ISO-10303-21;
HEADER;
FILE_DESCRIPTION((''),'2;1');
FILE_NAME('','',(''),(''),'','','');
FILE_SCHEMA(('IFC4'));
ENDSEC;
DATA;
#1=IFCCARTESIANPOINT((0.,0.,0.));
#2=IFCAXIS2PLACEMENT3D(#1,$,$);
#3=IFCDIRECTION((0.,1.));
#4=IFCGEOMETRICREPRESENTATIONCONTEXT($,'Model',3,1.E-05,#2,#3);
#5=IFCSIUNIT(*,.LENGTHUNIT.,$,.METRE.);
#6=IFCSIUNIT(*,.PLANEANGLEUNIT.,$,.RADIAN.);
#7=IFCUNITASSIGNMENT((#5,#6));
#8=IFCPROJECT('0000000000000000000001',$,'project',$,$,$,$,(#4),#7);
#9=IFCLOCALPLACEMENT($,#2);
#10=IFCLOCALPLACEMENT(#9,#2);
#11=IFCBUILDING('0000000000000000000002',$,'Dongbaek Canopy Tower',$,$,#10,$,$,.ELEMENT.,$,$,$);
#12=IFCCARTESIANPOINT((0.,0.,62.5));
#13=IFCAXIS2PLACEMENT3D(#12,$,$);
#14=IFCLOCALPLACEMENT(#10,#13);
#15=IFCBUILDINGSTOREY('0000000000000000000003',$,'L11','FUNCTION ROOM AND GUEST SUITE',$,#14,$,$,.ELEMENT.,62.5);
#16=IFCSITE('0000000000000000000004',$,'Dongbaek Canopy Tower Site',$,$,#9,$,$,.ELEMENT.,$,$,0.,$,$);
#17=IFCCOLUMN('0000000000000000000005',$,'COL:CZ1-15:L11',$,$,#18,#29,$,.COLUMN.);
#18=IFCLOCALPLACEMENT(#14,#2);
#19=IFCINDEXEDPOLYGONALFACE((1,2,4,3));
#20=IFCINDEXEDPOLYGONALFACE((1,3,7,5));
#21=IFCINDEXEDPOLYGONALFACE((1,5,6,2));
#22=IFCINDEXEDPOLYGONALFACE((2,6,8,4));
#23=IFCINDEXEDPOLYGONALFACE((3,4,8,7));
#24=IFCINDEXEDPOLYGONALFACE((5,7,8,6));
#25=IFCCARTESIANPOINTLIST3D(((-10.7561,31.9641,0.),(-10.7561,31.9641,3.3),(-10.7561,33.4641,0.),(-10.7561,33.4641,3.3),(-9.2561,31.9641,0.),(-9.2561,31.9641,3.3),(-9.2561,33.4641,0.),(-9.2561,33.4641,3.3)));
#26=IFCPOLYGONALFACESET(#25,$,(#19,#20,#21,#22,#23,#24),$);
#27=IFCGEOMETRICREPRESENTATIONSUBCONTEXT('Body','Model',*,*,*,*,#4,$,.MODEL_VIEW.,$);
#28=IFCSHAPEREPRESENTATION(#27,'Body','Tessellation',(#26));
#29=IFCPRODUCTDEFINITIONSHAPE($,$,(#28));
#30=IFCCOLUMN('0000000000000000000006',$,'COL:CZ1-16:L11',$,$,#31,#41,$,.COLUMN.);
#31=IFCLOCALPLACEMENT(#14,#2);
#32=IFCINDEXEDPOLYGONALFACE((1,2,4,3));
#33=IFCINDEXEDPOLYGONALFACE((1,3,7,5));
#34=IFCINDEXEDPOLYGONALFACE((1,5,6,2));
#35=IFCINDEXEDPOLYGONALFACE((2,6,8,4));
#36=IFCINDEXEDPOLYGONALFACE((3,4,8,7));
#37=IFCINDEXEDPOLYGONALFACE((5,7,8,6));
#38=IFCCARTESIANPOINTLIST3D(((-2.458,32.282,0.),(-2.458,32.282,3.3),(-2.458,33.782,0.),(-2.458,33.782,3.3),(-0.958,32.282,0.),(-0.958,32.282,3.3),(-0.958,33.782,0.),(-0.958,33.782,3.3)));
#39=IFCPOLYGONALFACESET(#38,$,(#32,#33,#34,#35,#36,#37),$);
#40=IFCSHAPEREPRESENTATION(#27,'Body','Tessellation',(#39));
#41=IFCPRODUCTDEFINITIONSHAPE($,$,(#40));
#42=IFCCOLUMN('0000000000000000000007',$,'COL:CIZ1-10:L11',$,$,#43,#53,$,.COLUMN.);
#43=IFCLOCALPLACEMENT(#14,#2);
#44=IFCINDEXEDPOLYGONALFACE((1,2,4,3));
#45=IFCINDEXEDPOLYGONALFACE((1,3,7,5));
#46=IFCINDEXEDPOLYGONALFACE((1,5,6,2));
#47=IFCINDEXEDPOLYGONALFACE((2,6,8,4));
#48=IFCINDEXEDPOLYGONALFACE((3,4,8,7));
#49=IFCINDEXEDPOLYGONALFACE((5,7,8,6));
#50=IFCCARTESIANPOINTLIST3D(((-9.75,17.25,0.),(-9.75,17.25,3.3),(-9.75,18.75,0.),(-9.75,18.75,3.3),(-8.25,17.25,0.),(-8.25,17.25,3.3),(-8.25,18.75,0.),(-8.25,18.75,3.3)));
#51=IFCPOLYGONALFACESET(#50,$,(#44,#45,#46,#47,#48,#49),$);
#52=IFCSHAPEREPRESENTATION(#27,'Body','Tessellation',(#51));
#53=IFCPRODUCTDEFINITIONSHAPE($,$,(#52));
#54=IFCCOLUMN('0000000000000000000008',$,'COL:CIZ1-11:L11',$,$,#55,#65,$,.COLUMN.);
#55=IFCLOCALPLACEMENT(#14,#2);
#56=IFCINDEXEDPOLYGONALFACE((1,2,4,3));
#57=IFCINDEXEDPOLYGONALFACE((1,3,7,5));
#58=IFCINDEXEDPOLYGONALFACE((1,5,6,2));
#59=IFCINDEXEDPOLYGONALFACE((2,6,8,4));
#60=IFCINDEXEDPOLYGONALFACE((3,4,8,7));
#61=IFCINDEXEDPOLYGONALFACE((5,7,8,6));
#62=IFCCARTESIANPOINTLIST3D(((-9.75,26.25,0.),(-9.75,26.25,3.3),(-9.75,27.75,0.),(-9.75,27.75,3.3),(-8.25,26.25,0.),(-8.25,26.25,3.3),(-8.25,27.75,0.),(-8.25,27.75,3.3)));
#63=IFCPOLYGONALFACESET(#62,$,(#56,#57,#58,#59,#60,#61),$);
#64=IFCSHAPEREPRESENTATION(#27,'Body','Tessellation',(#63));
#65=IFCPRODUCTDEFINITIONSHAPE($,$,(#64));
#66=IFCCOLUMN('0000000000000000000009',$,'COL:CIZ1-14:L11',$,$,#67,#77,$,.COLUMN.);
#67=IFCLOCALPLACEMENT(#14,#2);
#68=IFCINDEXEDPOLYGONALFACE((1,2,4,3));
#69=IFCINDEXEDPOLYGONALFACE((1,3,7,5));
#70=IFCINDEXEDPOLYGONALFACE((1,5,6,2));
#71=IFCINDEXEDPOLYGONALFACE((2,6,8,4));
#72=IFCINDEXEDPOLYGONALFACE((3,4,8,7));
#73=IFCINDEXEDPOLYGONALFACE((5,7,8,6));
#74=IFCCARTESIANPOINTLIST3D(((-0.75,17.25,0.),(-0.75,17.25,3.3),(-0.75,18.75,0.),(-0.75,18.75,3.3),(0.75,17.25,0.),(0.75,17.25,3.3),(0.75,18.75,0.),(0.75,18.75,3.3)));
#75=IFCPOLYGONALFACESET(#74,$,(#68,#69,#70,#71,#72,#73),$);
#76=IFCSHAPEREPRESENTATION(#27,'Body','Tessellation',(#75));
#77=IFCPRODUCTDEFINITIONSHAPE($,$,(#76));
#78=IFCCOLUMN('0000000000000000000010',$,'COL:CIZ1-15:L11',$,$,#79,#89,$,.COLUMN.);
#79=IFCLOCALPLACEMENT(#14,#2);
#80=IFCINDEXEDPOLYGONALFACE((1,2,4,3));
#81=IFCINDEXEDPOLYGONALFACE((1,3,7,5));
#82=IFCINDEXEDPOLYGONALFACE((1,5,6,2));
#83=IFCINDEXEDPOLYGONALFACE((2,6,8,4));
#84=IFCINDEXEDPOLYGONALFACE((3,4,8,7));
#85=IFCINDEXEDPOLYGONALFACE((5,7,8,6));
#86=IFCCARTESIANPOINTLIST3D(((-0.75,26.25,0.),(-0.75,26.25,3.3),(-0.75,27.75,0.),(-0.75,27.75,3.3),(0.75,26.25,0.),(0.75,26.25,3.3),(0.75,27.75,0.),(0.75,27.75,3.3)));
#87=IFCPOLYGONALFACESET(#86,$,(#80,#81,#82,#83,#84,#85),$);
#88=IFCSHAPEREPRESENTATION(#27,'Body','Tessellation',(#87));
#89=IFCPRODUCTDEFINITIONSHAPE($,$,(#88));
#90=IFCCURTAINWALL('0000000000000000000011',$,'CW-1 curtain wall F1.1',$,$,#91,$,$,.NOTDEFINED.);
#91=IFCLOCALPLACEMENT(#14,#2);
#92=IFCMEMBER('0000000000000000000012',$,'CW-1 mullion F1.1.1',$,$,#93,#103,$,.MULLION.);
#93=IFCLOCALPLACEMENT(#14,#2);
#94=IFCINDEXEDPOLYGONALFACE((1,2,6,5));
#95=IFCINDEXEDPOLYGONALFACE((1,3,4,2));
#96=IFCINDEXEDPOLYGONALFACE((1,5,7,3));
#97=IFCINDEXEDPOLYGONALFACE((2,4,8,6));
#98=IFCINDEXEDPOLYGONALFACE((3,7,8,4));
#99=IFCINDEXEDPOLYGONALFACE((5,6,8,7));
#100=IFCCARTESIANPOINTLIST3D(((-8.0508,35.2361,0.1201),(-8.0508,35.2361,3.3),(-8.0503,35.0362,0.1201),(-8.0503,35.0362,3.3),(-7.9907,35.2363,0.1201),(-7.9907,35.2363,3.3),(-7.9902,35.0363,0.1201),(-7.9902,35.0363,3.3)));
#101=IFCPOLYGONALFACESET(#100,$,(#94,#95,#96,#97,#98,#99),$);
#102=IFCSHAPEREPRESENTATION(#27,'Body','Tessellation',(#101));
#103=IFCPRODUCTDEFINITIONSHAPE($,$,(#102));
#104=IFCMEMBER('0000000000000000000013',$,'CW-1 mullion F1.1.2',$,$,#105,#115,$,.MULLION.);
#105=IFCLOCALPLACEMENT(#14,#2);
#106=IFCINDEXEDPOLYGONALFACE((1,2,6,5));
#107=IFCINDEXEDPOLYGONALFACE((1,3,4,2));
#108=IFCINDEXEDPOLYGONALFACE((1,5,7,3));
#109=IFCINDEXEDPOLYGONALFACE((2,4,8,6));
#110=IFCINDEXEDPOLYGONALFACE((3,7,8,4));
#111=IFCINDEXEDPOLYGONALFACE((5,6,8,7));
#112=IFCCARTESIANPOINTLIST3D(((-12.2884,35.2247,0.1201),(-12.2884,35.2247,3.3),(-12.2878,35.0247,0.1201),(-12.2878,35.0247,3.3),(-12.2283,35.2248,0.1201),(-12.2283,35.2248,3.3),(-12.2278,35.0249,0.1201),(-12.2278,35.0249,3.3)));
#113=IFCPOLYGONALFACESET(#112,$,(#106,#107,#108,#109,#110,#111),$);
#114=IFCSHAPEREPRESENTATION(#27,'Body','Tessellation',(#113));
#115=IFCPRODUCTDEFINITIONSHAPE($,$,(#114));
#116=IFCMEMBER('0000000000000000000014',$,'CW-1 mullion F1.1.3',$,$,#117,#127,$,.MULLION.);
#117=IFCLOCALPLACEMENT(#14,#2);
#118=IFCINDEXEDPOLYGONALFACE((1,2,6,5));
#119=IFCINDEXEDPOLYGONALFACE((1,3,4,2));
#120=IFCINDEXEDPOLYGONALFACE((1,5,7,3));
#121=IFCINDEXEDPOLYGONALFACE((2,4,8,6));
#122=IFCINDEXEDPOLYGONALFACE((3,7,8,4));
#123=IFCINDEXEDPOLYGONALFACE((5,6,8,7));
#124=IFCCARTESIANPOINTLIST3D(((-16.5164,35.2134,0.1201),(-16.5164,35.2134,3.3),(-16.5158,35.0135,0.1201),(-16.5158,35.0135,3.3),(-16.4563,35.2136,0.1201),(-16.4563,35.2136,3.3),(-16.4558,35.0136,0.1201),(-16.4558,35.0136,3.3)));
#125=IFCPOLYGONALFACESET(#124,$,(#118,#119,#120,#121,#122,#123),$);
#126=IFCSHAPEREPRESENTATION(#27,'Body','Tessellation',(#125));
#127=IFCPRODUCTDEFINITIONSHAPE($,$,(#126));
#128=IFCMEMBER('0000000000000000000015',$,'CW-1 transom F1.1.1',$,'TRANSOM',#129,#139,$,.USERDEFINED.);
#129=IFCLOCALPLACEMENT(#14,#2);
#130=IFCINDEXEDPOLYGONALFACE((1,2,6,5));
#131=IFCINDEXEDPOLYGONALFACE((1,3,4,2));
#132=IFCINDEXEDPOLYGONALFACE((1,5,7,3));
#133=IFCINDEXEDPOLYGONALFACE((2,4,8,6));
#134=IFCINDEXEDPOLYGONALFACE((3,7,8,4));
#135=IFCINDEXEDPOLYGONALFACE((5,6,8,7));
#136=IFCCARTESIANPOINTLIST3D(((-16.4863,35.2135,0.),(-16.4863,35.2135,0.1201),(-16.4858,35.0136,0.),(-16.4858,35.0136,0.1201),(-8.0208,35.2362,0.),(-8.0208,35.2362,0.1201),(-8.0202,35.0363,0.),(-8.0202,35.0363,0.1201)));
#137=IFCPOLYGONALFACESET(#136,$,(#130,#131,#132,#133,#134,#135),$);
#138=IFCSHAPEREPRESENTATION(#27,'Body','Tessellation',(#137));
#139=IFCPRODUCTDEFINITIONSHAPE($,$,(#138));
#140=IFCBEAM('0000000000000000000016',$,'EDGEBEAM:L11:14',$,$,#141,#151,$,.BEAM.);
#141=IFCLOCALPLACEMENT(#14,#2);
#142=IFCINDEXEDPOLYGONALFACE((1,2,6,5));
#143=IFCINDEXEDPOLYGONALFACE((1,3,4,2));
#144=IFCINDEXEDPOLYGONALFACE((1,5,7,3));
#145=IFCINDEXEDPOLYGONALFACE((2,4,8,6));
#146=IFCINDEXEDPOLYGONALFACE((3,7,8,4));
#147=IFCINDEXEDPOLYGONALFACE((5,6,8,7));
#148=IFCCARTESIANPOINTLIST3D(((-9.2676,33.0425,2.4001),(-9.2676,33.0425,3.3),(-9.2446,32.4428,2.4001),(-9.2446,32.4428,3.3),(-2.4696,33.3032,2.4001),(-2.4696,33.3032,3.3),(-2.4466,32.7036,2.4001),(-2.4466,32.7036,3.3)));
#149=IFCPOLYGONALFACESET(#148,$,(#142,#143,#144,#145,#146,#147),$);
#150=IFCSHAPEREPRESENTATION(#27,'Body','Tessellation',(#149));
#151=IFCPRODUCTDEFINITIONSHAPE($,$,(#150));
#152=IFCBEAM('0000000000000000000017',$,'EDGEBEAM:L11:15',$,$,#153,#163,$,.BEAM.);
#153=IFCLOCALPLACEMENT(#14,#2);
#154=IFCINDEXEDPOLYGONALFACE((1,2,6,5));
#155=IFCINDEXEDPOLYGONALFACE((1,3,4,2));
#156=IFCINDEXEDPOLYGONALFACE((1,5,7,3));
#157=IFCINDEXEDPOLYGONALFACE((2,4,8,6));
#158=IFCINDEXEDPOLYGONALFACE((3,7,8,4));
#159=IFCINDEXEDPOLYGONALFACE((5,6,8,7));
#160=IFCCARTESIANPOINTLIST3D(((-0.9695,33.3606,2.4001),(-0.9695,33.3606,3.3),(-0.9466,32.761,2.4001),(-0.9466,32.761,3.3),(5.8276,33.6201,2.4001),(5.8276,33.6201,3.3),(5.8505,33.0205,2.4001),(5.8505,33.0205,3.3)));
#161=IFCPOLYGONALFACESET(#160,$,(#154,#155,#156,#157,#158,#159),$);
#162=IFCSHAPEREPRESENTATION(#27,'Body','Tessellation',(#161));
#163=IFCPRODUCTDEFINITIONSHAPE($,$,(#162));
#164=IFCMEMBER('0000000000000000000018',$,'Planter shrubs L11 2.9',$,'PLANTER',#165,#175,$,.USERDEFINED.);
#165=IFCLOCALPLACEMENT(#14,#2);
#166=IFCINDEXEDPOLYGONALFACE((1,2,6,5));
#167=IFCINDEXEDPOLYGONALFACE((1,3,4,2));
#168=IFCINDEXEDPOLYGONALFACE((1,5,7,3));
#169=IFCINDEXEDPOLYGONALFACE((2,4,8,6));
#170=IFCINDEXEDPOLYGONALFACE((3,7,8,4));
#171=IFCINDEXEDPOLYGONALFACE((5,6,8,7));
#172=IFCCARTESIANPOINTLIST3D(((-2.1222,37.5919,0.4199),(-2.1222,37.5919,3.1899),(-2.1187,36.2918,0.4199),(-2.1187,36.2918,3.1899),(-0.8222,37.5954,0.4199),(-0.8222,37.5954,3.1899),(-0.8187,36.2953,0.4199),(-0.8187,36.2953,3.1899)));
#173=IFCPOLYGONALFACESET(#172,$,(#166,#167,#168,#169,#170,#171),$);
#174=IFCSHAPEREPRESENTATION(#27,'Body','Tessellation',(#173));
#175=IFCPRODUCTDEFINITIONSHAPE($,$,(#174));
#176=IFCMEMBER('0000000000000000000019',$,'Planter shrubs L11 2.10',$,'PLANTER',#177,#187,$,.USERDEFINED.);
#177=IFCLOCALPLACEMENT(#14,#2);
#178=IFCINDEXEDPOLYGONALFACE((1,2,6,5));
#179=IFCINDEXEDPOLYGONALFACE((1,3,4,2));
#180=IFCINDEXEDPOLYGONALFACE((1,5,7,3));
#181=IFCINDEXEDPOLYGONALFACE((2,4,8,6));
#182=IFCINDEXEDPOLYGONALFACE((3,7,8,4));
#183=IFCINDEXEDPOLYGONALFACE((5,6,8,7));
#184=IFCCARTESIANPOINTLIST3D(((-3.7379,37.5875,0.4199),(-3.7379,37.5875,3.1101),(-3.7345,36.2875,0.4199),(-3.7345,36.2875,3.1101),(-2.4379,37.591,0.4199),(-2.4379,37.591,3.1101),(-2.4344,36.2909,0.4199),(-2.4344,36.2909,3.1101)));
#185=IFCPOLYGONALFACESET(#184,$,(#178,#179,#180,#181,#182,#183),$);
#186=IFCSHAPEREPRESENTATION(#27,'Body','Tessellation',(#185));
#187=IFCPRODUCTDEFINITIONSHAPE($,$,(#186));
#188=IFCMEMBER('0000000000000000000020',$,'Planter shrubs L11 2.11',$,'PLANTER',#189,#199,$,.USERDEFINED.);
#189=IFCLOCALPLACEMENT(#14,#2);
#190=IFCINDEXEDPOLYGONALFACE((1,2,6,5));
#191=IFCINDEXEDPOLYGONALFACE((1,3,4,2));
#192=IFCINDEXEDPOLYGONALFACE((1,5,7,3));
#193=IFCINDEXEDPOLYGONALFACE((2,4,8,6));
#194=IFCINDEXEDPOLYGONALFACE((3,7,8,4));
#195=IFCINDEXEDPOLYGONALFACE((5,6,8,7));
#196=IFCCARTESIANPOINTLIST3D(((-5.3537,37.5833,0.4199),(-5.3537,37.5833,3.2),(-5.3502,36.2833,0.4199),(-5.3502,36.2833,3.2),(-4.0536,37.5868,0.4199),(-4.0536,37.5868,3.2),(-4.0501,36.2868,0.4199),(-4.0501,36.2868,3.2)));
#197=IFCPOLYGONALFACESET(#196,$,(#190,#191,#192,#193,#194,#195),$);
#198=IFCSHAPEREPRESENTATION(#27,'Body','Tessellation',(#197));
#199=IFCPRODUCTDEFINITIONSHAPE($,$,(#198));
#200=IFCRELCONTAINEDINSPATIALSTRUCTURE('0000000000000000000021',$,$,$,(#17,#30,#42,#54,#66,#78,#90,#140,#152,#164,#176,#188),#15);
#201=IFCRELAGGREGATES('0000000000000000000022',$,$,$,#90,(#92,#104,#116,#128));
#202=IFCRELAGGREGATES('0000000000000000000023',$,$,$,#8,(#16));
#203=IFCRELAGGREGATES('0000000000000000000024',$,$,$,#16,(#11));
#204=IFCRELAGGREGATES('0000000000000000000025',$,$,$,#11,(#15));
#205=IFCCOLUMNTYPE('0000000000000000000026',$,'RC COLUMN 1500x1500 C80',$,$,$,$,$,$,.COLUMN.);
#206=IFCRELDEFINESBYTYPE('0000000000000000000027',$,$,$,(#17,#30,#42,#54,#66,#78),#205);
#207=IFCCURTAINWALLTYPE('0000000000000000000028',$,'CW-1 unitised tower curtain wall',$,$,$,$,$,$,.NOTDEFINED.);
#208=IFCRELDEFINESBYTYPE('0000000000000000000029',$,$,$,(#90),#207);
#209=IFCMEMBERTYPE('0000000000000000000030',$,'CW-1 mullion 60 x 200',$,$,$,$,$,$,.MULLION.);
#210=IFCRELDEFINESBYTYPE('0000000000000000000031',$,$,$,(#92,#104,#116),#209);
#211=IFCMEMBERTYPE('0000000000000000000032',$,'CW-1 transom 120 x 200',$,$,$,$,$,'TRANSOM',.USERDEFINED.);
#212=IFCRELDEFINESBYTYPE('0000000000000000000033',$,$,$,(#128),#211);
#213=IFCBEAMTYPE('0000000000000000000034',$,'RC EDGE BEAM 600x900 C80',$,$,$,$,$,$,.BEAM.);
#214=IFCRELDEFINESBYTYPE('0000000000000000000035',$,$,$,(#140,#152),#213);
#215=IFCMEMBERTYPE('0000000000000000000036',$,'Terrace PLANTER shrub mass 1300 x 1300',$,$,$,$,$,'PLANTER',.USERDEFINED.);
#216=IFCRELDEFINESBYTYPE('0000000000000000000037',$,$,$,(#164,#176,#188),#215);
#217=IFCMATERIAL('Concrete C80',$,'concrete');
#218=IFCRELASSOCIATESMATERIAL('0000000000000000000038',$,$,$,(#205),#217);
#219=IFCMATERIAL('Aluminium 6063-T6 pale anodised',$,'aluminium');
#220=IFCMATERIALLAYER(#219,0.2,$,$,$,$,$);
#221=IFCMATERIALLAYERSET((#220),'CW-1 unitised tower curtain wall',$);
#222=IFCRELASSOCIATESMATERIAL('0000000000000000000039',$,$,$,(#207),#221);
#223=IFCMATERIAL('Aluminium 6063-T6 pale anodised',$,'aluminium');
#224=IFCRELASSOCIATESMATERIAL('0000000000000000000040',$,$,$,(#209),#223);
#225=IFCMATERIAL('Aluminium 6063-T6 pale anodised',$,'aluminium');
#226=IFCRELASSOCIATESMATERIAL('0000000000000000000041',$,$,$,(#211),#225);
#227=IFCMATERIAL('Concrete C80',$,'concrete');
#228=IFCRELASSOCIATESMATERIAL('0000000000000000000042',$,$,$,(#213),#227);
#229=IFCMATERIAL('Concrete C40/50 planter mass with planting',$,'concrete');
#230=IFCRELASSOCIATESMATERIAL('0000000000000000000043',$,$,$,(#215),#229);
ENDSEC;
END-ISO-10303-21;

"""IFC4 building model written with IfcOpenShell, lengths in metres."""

from ifc_helpers import new_model, si_unit, direction, frame, origin, origin_2d, place, context, subcontext, project, spatial, rectangle, extrude, material, layer, layer_set, material_profile, profile_set, type_object, element, aggregate, save


model = new_model("IFC4")

# Units and contexts
model_context = context("Model", 3, precision=1e-05, world=origin(), true_north=direction((0.0, 1.0)))
body_context = subcontext(model_context, "Body", "Model", "MODEL_VIEW")
ifc_project = project(units=[si_unit("LENGTHUNIT", "METRE"), si_unit("PLANEANGLEUNIT", "RADIAN")], contexts=[model_context])

# Site, building, storey
site_placement = place(None, origin())
site = spatial("IfcSite", under=ifc_project, at=site_placement, Name="Dongbaek Canopy Tower Site", CompositionType="ELEMENT", RefElevation=0.0)
building_placement = place(site_placement, origin())
building = spatial("IfcBuilding", under=site, at=building_placement, Name="Dongbaek Canopy Tower", CompositionType="ELEMENT")
storey_placement = place(building_placement, frame((0.0, 0.0, 62.5)))
storey = spatial("IfcBuildingStorey", under=building, at=storey_placement, Name="L11", Description="FUNCTION ROOM AND GUEST SUITE", CompositionType="ELEMENT", Elevation=62.5)

# Columns
ifc_material_1 = material(Name="Concrete C80", Category="concrete")
ifc_material_profile_1 = material_profile(ifc_material_1, rectangle(XDim=1.5, YDim=1.5, at=origin_2d()), Name="RC COLUMN 1500x1500 C80")
ifc_profile_set_1 = profile_set([ifc_material_profile_1], Name="Concrete C80")
column_type = type_object("IfcColumnType", Name="RC COLUMN 1500x1500 C80", PredefinedType="COLUMN", material=ifc_profile_set_1)
for number, where, z_axis, x_axis, name in (
    (1, (-10.0061, 32.7141, 0.0), (0.0, 0.0, 1.0), (1.0, 0.0, 0.0), "COL:CZ1-15:L11"),
    (2, (-1.708, 33.032, 0.0), (0.0, 0.0, 1.0), (1.0, 0.0, 0.0), "COL:CZ1-16:L11"),
    (3, (-9.0, 18.0, 0.0), (0.0, 0.0, 1.0), (1.0, 0.0, 0.0), "COL:CIZ1-10:L11"),
    (4, (-9.0, 27.0, 0.0), (0.0, 0.0, 1.0), (1.0, 0.0, 0.0), "COL:CIZ1-11:L11"),
    (5, (0.0, 18.0, 0.0), (0.0, 0.0, 1.0), (1.0, 0.0, 0.0), "COL:CIZ1-14:L11"),
    (6, (0.0, 27.0, 0.0), (0.0, 0.0, 1.0), (1.0, 0.0, 0.0), "COL:CIZ1-15:L11"),
):
    element("IfcColumn", number, at=place(storey_placement, frame(where, z_axis=z_axis, x_axis=x_axis)), inside=storey, type_object=column_type, Name=name, PredefinedType="COLUMN", context=body_context, shape_type="SweptSolid", body=[
        extrude(rectangle(XDim=1.5, YDim=1.5, at=origin_2d()), origin(), (0.0, 0.0, 1.0), 3.3),
    ])

# Curtain wall, members
ifc_material_2 = material(Name="Aluminium 6063-T6 pale anodised", Category="aluminium")
ifc_layer_1 = layer(ifc_material_2, 0.2)
ifc_layer_set_1 = layer_set([ifc_layer_1], Name="CW-1 unitised tower curtain wall")
curtain_wall_type = type_object("IfcCurtainWallType", Name="CW-1 unitised tower curtain wall", PredefinedType="NOTDEFINED", material=ifc_layer_set_1)
curtain_wall_placement = place(storey_placement, origin())
curtain_wall = element("IfcCurtainWall", 7, at=curtain_wall_placement, inside=storey, type_object=curtain_wall_type, Name="CW-1 curtain wall F1.1", PredefinedType="NOTDEFINED")
ifc_material_3 = material(Name="Aluminium 6063-T6 pale anodised", Category="aluminium")
ifc_material_profile_2 = material_profile(ifc_material_3, rectangle(XDim=0.2, YDim=0.0601, at=origin_2d()), Name="CW-1 mullion 60 x 200")
ifc_profile_set_2 = profile_set([ifc_material_profile_2], Name="Aluminium 6063-T6 pale anodised")
member_type_1 = type_object("IfcMemberType", Name="CW-1 mullion 60 x 200", PredefinedType="MULLION", material=ifc_profile_set_2)
member_1_placement = place(storey_placement, frame((-8.0205, 35.1362, 0.1201), z_axis=(0.0, 0.0, 1.0), x_axis=(-0.002666, 0.999996, 0.0)))
member_1 = element("IfcMember", 8, at=member_1_placement, type_object=member_type_1, Name="CW-1 mullion F1.1.1", PredefinedType="MULLION", context=body_context, shape_type="SweptSolid", body=[
    extrude(rectangle(XDim=0.2, YDim=0.0601, at=origin_2d()), origin(), (0.0, 0.0, 1.0), 3.1799),
])
member_2_placement = place(storey_placement, frame((-12.2581, 35.1248, 0.1201), z_axis=(0.0, 0.0, 1.0), x_axis=(-0.002666, 0.999996, 0.0)))
member_2 = element("IfcMember", 9, at=member_2_placement, type_object=member_type_1, Name="CW-1 mullion F1.1.2", PredefinedType="MULLION", context=body_context, shape_type="SweptSolid", body=[
    extrude(rectangle(XDim=0.2, YDim=0.0601, at=origin_2d()), origin(), (0.0, 0.0, 1.0), 3.1799),
])
member_3_placement = place(storey_placement, frame((-16.4861, 35.1135, 0.1201), z_axis=(0.0, 0.0, 1.0), x_axis=(-0.002666, 0.999996, 0.0)))
member_3 = element("IfcMember", 10, at=member_3_placement, type_object=member_type_1, Name="CW-1 mullion F1.1.3", PredefinedType="MULLION", context=body_context, shape_type="SweptSolid", body=[
    extrude(rectangle(XDim=0.2, YDim=0.0601, at=origin_2d()), origin(), (0.0, 0.0, 1.0), 3.1799),
])
ifc_material_4 = material(Name="Aluminium 6063-T6 pale anodised", Category="aluminium")
ifc_material_profile_3 = material_profile(ifc_material_4, rectangle(XDim=0.2, YDim=0.1201, at=origin_2d()), Name="CW-1 transom 120 x 200")
ifc_profile_set_3 = profile_set([ifc_material_profile_3], Name="Aluminium 6063-T6 pale anodised")
member_type_2 = type_object("IfcMemberType", Name="CW-1 transom 120 x 200", ElementType="TRANSOM", PredefinedType="USERDEFINED", material=ifc_profile_set_3)
member_4_placement = place(storey_placement, frame((-8.0205, 35.1362, 0.0601), z_axis=(-0.999996, -0.002682, 0.0), x_axis=(0.002682, -0.999996, 0.0)))
member_4 = element("IfcMember", 11, at=member_4_placement, type_object=member_type_2, Name="CW-1 transom F1.1.1", ObjectType="TRANSOM", PredefinedType="USERDEFINED", context=body_context, shape_type="SweptSolid", body=[
    extrude(rectangle(XDim=0.2, YDim=0.1201, at=origin_2d()), origin(), (0.0, 0.0, 1.0), 8.4656),
])

# Beams
ifc_material_5 = material(Name="Concrete C80", Category="concrete")
ifc_material_profile_4 = material_profile(ifc_material_5, rectangle(XDim=0.6001, YDim=0.8999, at=origin_2d()), Name="RC EDGE BEAM 600x900 C80")
ifc_profile_set_4 = profile_set([ifc_material_profile_4], Name="Concrete C80")
beam_type = type_object("IfcBeamType", Name="RC EDGE BEAM 600x900 C80", PredefinedType="BEAM", material=ifc_profile_set_4)
beam_1_placement = place(storey_placement, frame((-9.2561, 32.7427, 2.8501), z_axis=(0.999265, 0.038327, 0.0), x_axis=(-0.038327, 0.999265, 0.0)))
element("IfcBeam", 12, at=beam_1_placement, inside=storey, type_object=beam_type, Name="EDGEBEAM:L11:14", PredefinedType="BEAM", context=body_context, shape_type="SweptSolid", body=[
    extrude(rectangle(XDim=0.6001, YDim=0.8999, at=origin_2d()), origin(), (0.0, 0.0, 1.0), 6.803),
])
beam_2_placement = place(storey_placement, frame((-0.958, 33.0608, 2.8501), z_axis=(0.999272, 0.038153, 0.0), x_axis=(-0.038153, 0.999272, 0.0)))
element("IfcBeam", 13, at=beam_2_placement, inside=storey, type_object=beam_type, Name="EDGEBEAM:L11:15", PredefinedType="BEAM", context=body_context, shape_type="SweptSolid", body=[
    extrude(rectangle(XDim=0.6001, YDim=0.8999, at=origin_2d()), origin(), (0.0, 0.0, 1.0), 6.802),
])

# Members
ifc_material_6 = material(Name="Concrete C40/50 planter mass with planting", Category="concrete")
ifc_material_profile_5 = material_profile(ifc_material_6, rectangle(XDim=1.3, YDim=1.3, at=origin_2d()), Name="Terrace PLANTER shrub mass 1300 x 1300")
ifc_profile_set_5 = profile_set([ifc_material_profile_5], Name="Concrete C40/50 planter mass with planting")
member_type_3 = type_object("IfcMemberType", Name="Terrace PLANTER shrub mass 1300 x 1300", ElementType="PLANTER", PredefinedType="USERDEFINED", material=ifc_profile_set_5)
member_5_placement = place(storey_placement, frame((-1.4705, 36.9436, 0.4199), z_axis=(0.0, 0.0, 1.0), x_axis=(-0.002666, 0.999996, 0.0)))
element("IfcMember", 14, at=member_5_placement, inside=storey, type_object=member_type_3, Name="Planter shrubs L11 2.9", ObjectType="PLANTER", PredefinedType="USERDEFINED", context=body_context, shape_type="SweptSolid", body=[
    extrude(rectangle(XDim=1.3, YDim=1.3, at=origin_2d()), origin(), (0.0, 0.0, 1.0), 2.77),
])
member_6_placement = place(storey_placement, frame((-3.0862, 36.9392, 0.4199), z_axis=(0.0, 0.0, 1.0), x_axis=(-0.002666, 0.999996, 0.0)))
element("IfcMember", 15, at=member_6_placement, inside=storey, type_object=member_type_3, Name="Planter shrubs L11 2.10", ObjectType="PLANTER", PredefinedType="USERDEFINED", context=body_context, shape_type="SweptSolid", body=[
    extrude(rectangle(XDim=1.3, YDim=1.3, at=origin_2d()), origin(), (0.0, 0.0, 1.0), 2.6902),
])
member_7_placement = place(storey_placement, frame((-4.7019, 36.9351, 0.4199), z_axis=(0.0, 0.0, 1.0), x_axis=(-0.002666, 0.999996, 0.0)))
element("IfcMember", 16, at=member_7_placement, inside=storey, type_object=member_type_3, Name="Planter shrubs L11 2.11", ObjectType="PLANTER", PredefinedType="USERDEFINED", context=body_context, shape_type="SweptSolid", body=[
    extrude(rectangle(XDim=1.3, YDim=1.3, at=origin_2d()), origin(), (0.0, 0.0, 1.0), 2.78),
])

aggregate(curtain_wall, [member_1, member_2, member_3, member_4])

save(model, "model.ifc")
